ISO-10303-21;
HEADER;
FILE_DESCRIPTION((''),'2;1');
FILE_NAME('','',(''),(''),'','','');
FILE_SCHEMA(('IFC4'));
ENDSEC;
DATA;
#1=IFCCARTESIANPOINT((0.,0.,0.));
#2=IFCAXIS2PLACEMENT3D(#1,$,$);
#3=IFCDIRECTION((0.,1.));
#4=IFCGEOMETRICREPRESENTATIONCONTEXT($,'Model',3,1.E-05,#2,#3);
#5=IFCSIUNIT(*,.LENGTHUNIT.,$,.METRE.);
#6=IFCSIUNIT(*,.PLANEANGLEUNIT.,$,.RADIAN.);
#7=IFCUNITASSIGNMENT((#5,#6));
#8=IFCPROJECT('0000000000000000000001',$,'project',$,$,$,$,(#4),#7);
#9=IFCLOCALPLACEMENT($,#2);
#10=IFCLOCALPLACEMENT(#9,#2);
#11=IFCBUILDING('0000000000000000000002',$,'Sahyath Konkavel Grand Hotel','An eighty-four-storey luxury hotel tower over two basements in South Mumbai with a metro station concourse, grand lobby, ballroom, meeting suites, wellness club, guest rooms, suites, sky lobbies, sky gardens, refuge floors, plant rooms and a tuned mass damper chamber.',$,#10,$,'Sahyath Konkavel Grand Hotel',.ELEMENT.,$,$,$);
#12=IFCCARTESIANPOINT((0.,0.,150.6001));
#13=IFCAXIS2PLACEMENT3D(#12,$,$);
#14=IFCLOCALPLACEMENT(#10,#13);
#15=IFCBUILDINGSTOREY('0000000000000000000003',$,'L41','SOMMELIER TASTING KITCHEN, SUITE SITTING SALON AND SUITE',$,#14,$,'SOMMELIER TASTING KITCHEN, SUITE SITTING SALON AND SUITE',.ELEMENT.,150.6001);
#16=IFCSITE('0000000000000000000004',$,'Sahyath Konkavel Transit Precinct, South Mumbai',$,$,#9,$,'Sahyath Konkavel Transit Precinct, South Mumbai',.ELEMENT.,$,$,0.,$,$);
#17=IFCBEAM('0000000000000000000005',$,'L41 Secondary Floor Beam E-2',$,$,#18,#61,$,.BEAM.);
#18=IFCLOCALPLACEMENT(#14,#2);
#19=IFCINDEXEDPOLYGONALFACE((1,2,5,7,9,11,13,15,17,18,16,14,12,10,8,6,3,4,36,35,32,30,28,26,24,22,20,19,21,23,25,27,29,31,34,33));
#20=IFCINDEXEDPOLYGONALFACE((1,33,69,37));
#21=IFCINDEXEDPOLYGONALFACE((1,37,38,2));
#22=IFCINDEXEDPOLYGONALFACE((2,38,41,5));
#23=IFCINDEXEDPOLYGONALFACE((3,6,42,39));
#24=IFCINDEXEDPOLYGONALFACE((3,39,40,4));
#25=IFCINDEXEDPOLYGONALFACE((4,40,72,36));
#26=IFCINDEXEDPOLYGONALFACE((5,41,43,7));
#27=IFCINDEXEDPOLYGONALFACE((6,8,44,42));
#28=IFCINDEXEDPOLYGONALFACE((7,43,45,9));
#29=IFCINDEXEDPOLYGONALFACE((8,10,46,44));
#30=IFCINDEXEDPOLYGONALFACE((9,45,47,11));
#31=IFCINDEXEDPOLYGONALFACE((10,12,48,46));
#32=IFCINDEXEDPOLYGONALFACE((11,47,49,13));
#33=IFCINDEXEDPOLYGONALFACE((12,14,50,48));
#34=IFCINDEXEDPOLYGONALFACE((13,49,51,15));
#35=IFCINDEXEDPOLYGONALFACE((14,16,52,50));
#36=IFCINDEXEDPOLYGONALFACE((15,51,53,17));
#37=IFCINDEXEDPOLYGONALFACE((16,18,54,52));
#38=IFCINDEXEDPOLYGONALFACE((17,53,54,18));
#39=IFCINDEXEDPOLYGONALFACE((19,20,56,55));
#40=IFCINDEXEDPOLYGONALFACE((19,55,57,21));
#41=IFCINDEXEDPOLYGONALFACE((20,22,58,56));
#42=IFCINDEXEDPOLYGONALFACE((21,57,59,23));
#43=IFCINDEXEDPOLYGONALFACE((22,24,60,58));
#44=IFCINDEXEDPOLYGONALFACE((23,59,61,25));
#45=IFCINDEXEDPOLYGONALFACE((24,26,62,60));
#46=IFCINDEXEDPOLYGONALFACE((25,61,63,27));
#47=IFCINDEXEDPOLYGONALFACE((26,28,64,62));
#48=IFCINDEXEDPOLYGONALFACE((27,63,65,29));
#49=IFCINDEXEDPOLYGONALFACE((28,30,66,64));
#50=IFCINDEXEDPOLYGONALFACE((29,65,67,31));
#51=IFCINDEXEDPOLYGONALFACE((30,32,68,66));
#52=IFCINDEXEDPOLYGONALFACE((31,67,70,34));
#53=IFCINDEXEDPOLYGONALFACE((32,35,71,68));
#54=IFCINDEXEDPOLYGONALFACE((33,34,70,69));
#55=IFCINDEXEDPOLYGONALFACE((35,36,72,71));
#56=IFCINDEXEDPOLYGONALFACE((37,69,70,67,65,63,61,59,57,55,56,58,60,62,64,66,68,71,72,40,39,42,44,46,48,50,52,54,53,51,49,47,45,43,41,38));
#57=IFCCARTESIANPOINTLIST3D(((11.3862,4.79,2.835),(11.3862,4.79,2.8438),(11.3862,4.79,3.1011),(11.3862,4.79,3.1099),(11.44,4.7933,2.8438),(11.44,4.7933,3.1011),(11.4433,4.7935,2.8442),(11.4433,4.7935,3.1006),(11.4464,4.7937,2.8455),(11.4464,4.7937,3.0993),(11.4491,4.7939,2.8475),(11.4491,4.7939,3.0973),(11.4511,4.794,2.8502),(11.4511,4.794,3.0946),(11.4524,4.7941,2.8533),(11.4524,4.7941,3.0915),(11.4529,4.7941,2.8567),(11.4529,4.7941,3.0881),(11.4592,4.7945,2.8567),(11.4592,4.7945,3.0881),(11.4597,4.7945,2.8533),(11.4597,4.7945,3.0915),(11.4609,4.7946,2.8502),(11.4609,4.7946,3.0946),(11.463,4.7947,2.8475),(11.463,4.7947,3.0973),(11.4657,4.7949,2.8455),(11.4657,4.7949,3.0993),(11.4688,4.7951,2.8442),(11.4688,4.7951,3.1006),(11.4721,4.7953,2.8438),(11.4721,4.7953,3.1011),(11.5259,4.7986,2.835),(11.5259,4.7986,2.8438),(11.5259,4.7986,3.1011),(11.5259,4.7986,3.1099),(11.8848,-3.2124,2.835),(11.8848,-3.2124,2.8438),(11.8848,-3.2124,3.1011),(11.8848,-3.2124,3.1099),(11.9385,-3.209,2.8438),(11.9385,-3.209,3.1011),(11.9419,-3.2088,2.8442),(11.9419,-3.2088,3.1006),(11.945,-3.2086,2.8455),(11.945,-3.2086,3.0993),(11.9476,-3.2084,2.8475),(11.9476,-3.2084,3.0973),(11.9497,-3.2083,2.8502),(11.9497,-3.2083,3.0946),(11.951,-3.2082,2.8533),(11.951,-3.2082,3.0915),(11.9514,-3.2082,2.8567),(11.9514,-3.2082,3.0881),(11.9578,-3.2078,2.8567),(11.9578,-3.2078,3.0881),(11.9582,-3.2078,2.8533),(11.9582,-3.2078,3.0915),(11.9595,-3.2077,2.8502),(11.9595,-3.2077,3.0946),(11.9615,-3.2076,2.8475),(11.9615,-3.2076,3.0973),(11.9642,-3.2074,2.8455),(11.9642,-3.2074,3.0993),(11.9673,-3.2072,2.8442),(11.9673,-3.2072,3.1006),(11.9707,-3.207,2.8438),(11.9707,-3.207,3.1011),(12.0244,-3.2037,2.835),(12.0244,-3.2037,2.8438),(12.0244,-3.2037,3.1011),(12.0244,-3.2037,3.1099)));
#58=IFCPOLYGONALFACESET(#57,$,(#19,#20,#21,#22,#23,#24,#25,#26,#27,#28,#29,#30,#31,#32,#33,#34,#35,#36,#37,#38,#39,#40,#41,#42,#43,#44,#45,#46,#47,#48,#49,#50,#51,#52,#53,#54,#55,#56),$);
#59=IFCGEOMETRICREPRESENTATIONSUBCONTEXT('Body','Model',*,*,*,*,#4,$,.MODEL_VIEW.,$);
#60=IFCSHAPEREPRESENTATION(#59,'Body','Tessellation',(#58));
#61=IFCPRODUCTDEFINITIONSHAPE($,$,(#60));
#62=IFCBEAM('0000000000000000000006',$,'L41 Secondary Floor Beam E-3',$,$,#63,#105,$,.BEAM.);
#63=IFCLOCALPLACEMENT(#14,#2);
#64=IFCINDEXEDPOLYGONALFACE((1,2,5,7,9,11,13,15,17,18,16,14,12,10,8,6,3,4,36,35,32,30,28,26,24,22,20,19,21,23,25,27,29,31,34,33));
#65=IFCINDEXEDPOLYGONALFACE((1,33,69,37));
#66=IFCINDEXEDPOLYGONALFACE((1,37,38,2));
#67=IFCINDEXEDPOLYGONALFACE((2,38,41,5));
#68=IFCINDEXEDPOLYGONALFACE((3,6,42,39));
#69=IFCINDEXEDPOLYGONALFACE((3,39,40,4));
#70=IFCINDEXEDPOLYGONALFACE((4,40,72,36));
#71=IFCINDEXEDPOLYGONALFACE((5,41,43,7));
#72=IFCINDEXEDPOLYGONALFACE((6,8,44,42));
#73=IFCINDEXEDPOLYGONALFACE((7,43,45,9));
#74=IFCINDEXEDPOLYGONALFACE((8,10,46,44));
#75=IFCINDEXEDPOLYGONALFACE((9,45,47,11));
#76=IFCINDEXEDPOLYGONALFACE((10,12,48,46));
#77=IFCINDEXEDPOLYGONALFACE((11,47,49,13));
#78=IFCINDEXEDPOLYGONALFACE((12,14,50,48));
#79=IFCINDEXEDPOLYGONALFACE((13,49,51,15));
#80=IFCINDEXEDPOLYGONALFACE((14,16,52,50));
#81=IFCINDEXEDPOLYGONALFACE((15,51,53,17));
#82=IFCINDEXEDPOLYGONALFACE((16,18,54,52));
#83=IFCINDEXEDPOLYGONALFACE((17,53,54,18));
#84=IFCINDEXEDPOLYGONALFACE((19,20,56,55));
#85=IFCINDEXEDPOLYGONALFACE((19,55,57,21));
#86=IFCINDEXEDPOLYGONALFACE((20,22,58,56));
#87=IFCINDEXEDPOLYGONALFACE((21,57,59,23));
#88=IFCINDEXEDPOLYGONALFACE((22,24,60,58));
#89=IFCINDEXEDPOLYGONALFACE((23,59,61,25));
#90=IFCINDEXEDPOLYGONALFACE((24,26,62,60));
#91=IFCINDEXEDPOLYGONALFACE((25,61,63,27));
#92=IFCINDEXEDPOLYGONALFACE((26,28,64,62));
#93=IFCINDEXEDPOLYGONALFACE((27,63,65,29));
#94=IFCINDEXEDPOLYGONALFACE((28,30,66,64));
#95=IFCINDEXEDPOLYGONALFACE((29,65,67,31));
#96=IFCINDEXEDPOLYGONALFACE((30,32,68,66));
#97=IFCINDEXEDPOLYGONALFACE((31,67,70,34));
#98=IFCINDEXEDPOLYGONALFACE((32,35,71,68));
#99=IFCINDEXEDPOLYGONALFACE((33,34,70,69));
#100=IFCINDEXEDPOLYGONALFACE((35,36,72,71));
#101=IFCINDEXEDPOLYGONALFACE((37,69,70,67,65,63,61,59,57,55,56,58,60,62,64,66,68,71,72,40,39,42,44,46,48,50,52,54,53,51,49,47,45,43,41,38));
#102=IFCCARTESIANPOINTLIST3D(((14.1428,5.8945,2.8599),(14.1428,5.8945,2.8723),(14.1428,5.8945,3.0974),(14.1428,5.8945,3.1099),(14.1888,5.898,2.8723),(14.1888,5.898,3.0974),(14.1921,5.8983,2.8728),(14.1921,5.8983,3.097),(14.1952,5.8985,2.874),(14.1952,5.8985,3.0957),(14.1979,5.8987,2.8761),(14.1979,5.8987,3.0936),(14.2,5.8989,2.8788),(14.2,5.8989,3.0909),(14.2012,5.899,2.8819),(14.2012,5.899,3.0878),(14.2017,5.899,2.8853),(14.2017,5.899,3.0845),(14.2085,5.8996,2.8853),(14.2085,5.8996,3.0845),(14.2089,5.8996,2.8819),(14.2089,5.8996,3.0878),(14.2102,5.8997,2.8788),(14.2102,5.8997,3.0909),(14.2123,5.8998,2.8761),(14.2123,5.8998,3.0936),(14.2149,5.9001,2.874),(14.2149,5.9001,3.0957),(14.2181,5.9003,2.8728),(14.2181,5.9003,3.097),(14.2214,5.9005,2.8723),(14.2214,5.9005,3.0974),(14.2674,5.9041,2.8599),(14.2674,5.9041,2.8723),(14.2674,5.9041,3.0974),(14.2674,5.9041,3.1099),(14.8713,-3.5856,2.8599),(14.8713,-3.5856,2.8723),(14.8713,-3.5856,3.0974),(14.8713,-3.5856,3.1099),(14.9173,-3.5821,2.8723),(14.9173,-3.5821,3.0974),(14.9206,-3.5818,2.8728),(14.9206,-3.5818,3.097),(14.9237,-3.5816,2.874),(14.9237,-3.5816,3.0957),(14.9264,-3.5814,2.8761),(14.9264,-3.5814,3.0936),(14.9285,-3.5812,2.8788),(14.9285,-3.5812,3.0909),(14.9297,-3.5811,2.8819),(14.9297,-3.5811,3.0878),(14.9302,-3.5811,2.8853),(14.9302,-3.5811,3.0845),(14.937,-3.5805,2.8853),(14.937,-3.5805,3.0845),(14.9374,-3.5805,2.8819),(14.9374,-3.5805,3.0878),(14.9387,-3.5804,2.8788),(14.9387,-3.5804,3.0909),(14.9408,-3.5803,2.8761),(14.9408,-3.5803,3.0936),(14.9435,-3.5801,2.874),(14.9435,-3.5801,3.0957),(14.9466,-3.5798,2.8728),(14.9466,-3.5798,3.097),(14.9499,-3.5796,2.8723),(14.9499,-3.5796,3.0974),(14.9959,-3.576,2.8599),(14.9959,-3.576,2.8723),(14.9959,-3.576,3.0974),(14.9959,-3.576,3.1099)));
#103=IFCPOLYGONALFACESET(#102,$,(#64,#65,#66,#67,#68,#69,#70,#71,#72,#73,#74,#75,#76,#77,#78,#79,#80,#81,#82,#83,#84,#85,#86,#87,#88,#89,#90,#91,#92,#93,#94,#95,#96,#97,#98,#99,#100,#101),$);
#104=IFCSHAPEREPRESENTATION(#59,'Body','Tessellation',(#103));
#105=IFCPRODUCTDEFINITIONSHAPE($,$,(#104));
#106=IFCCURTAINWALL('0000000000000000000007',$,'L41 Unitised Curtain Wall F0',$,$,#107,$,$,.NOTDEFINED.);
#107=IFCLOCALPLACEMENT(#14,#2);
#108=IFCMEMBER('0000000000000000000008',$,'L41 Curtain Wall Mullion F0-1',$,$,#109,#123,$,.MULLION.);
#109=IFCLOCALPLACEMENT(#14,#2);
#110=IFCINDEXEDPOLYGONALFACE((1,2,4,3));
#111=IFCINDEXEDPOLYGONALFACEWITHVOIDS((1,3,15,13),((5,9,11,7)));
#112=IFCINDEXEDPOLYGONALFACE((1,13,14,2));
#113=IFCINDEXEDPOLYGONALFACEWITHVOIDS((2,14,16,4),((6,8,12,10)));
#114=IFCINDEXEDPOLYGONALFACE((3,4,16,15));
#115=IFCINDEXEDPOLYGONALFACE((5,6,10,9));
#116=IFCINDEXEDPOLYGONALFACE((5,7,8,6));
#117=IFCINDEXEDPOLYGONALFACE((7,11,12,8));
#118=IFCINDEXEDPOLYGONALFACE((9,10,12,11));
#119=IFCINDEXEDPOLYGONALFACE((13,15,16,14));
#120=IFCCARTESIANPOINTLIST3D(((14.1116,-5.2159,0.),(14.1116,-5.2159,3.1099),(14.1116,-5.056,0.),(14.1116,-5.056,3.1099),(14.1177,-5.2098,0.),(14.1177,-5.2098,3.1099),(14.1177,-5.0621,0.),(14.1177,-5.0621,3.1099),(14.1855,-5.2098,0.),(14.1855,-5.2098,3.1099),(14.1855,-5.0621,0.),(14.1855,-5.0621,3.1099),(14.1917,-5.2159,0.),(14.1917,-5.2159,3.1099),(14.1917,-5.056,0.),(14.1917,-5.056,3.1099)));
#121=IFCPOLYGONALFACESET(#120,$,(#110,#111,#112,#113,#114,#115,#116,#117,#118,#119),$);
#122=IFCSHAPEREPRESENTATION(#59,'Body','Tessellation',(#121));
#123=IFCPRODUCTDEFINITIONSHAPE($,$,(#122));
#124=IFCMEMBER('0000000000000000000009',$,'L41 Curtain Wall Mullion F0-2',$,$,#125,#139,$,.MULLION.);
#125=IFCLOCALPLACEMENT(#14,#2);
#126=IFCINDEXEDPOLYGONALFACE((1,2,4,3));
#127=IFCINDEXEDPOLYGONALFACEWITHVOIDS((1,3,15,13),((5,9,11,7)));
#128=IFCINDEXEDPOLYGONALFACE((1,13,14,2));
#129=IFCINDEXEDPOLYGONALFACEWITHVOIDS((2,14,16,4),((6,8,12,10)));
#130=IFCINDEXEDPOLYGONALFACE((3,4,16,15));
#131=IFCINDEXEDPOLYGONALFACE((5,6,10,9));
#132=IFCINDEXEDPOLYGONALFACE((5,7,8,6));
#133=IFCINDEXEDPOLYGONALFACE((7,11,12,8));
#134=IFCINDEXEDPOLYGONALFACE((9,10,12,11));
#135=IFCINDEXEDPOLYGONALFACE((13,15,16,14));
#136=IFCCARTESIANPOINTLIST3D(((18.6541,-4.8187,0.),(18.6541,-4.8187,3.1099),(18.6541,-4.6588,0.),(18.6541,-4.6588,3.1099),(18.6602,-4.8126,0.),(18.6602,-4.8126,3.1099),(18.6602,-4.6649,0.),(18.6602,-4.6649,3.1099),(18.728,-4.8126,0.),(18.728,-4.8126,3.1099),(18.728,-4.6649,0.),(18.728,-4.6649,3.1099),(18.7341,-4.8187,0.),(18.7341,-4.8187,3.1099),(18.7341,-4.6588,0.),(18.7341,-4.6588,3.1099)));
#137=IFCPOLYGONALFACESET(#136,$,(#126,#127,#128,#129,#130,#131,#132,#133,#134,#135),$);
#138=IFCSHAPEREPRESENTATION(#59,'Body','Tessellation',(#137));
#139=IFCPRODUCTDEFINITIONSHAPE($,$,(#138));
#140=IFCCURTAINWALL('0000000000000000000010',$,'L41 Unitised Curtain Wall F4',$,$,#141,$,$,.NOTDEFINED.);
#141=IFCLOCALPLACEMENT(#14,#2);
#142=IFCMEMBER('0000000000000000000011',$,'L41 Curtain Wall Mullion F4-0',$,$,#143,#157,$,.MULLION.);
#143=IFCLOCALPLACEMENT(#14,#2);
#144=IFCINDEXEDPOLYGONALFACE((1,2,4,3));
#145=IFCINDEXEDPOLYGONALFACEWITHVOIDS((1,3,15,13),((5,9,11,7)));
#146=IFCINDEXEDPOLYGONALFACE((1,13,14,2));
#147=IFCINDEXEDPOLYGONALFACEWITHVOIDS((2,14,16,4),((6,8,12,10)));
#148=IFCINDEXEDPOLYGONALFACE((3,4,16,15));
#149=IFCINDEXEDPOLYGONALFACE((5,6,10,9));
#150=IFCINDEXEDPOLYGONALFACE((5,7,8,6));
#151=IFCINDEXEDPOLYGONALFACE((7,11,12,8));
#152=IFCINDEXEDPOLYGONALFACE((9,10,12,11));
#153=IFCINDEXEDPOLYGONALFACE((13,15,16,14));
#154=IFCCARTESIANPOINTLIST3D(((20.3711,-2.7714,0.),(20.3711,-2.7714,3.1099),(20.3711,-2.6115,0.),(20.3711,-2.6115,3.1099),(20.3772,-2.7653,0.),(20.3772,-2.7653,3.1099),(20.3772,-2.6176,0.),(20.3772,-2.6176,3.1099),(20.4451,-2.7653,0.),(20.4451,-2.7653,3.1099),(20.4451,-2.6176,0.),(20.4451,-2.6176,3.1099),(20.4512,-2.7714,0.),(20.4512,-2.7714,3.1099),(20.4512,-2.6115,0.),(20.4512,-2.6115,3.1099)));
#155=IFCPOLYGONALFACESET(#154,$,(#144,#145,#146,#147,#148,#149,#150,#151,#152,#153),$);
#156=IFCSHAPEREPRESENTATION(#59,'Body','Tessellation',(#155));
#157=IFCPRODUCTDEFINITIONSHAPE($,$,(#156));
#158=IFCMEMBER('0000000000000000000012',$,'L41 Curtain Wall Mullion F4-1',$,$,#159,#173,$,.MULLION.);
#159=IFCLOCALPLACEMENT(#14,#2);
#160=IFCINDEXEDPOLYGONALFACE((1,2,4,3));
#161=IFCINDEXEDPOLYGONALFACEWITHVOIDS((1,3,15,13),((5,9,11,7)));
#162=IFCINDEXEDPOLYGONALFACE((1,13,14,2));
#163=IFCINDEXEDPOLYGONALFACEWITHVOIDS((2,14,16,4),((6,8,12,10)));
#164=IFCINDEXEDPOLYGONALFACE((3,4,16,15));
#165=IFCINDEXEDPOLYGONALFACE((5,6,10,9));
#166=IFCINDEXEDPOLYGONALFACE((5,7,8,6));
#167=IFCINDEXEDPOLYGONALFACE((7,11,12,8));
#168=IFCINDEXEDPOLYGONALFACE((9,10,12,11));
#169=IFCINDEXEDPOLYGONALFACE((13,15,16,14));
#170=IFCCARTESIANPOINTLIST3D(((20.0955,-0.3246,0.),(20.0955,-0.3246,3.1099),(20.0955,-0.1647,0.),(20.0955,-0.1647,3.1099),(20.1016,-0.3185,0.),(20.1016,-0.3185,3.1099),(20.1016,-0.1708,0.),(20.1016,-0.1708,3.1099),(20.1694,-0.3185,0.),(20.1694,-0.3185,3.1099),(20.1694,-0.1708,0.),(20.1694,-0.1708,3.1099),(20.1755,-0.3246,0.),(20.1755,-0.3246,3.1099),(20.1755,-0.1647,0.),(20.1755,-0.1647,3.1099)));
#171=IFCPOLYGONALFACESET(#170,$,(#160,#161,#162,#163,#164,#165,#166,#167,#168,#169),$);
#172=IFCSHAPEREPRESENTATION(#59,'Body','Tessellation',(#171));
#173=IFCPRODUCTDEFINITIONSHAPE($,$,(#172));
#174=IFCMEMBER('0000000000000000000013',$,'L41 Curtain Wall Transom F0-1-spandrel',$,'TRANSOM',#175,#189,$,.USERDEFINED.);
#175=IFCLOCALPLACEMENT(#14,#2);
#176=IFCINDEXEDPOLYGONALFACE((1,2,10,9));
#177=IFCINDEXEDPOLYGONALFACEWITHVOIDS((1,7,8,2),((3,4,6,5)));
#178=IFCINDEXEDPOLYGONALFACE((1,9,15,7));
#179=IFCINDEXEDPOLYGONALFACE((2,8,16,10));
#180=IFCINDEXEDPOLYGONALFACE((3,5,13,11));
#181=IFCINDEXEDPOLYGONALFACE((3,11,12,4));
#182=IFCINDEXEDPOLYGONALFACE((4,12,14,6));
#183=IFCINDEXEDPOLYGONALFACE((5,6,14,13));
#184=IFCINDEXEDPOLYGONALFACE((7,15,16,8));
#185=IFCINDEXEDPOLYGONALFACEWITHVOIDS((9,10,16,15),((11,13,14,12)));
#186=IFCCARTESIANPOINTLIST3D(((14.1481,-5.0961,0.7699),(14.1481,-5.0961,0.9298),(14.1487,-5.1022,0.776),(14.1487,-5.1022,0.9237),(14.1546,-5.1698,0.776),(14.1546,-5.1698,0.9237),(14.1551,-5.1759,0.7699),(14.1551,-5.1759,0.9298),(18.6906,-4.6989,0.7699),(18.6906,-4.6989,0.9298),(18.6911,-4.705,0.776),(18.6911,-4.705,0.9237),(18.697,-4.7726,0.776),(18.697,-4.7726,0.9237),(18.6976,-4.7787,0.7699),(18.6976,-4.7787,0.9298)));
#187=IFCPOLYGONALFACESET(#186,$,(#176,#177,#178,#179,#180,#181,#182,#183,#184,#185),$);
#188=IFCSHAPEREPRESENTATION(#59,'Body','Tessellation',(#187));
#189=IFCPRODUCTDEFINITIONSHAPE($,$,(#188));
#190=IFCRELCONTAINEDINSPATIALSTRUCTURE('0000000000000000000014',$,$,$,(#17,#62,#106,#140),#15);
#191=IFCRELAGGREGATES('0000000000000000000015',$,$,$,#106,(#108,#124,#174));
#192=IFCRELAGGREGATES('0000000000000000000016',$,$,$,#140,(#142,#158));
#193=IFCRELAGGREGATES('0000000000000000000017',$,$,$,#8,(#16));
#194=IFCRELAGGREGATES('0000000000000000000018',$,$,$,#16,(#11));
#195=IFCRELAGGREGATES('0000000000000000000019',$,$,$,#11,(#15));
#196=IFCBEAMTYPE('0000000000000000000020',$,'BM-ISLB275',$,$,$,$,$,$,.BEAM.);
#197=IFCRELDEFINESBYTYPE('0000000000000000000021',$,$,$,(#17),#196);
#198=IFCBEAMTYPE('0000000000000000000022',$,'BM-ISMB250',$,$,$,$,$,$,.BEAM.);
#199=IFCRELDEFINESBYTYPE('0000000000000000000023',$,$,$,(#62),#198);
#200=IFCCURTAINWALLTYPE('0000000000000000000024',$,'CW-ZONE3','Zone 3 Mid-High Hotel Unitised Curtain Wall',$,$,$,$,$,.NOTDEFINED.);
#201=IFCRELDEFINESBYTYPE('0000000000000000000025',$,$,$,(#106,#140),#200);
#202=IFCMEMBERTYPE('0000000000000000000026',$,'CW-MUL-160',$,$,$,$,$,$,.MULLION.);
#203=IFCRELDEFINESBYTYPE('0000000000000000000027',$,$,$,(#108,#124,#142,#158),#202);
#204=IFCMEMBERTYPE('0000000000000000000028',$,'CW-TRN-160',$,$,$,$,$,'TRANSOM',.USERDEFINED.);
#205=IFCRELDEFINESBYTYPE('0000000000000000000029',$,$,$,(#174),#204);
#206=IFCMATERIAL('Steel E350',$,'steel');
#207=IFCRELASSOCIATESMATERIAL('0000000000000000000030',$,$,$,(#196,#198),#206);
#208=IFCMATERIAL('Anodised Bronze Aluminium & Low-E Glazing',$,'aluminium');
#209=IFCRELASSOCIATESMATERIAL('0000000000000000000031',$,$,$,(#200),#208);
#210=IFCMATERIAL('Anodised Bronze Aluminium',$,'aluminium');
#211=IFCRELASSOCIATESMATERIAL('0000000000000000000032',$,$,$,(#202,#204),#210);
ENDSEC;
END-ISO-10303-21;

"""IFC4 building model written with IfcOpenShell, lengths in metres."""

from ifc_helpers import new_model, si_unit, direction, frame, origin, origin_2d, place, context, subcontext, project, spatial, hollow_rectangle, i_section, extrude, source, transform, mapped, material, material_profile, profile_set, type_object, element, aggregate, save


model = new_model("IFC4")

# Units and contexts
model_context = context("Model", 3, precision=1e-05, world=origin(), true_north=direction((0.0, 1.0)))
body_context = subcontext(model_context, "Body", "Model", "MODEL_VIEW")
ifc_project = project(units=[si_unit("LENGTHUNIT", "METRE"), si_unit("PLANEANGLEUNIT", "RADIAN")], contexts=[model_context])

# Site, building, storey
site_placement = place(None, origin())
site = spatial("IfcSite", under=ifc_project, at=site_placement, Name="Sahyath Konkavel Transit Precinct, South Mumbai", LongName="Sahyath Konkavel Transit Precinct, South Mumbai", CompositionType="ELEMENT", RefElevation=0.0)
building_placement = place(site_placement, origin())
building = spatial("IfcBuilding", under=site, at=building_placement, Name="Sahyath Konkavel Grand Hotel", Description="An eighty-four-storey luxury hotel tower over two basements in South Mumbai with a metro station concourse, grand lobby, ballroom, meeting suites, wellness club, guest rooms, suites, sky lobbies, sky gardens, refuge floors, plant rooms and a tuned mass damper chamber.", LongName="Sahyath Konkavel Grand Hotel", CompositionType="ELEMENT")
storey_placement = place(building_placement, frame((0.0, 0.0, 150.6001)))
storey = spatial("IfcBuildingStorey", under=building, at=storey_placement, Name="L41", Description="SOMMELIER TASTING KITCHEN, SUITE SITTING SALON AND SUITE", LongName="SOMMELIER TASTING KITCHEN, SUITE SITTING SALON AND SUITE", CompositionType="ELEMENT", Elevation=150.6001)

# Beams
ifc_material_1 = material(Name="Steel E350", Category="steel")
ifc_material_profile_1 = material_profile(ifc_material_1, i_section(OverallWidth=0.1399, OverallDepth=0.2749, WebThickness=0.0063, FlangeThickness=0.0088, FilletRadius=0.0129, at=origin_2d()), Name="ISLB 275")
ifc_profile_set_1 = profile_set([ifc_material_profile_1], Name="Steel E350")
beam_type_1 = type_object("IfcBeamType", Name="BM-ISLB275", PredefinedType="BEAM", material=ifc_profile_set_1)
shared_shape_1 = source(origin(), body_context, "Body", "SweptSolid", [
    extrude(i_section(OverallWidth=0.1399, OverallDepth=0.2749, WebThickness=0.0063, FlangeThickness=0.0088, FilletRadius=0.0129, at=origin_2d()), origin(), (0.0, 0.0, 1.0), 8.0178),
])
beam_1_placement = place(storey_placement, frame((11.9546, -3.208, 2.9724), z_axis=(-0.062179, 0.998065, 0.0), x_axis=(-0.998065, -0.062179, 0.0)))
element("IfcBeam", 1, at=beam_1_placement, inside=storey, type_object=beam_type_1, Name="L41 Secondary Floor Beam E-2", PredefinedType="BEAM", context=body_context, shape_type="MappedRepresentation", body=[
    mapped(shared_shape_1, transform((0.0, 0.0, 0.0), scale=1.0)),
])
ifc_material_profile_2 = material_profile(ifc_material_1, i_section(OverallWidth=0.125, OverallDepth=0.25, WebThickness=0.0068, FlangeThickness=0.0125, FilletRadius=0.0129, at=origin_2d()), Name="ISMB 250")
ifc_profile_set_2 = profile_set([ifc_material_profile_2], Name="Steel E350")
beam_type_2 = type_object("IfcBeamType", Name="BM-ISMB250", PredefinedType="BEAM", material=ifc_profile_set_2)
shared_shape_2 = source(origin(), body_context, "Body", "SweptSolid", [
    extrude(i_section(OverallWidth=0.125, OverallDepth=0.25, WebThickness=0.0068, FlangeThickness=0.0125, FilletRadius=0.0129, at=origin_2d()), origin(), (0.0, 0.0, 1.0), 9.5081),
])
beam_2_placement = place(storey_placement, frame((14.9336, -3.5808, 2.9849), z_axis=(-0.07662, 0.99706, 0.0), x_axis=(-0.99706, -0.07662, 0.0)))
element("IfcBeam", 2, at=beam_2_placement, inside=storey, type_object=beam_type_2, Name="L41 Secondary Floor Beam E-3", PredefinedType="BEAM", context=body_context, shape_type="MappedRepresentation", body=[
    mapped(shared_shape_2, transform((0.0, 0.0, 0.0), scale=1.0)),
])

# Curtain walls, members
ifc_material_2 = material(Name="Anodised Bronze Aluminium & Low-E Glazing", Category="aluminium")
curtain_wall_type = type_object("IfcCurtainWallType", Name="CW-ZONE3", Description="Zone 3 Mid-High Hotel Unitised Curtain Wall", PredefinedType="NOTDEFINED", material=ifc_material_2)
curtain_wall_1_placement = place(storey_placement, origin())
curtain_wall_1 = element("IfcCurtainWall", 3, at=curtain_wall_1_placement, inside=storey, type_object=curtain_wall_type, Name="L41 Unitised Curtain Wall F0", PredefinedType="NOTDEFINED")
ifc_material_3 = material(Name="Anodised Bronze Aluminium", Category="aluminium")
ifc_material_profile_3 = material_profile(ifc_material_3, hollow_rectangle(XDim=0.0801, YDim=0.1599, WallThickness=0.0061, at=origin_2d()), Name="RHS 160x80x6")
ifc_profile_set_3 = profile_set([ifc_material_profile_3], Name="Anodised Bronze Aluminium")
member_type_1 = type_object("IfcMemberType", Name="CW-MUL-160", PredefinedType="MULLION", material=ifc_profile_set_3)
shared_shape_3 = source(origin(), body_context, "Body", "SweptSolid", [
    extrude(hollow_rectangle(XDim=0.0801, YDim=0.1599, WallThickness=0.0061, at=origin_2d()), origin(), (0.0, 0.0, 1.0), 3.1099),
])
member_1_placement = place(storey_placement, frame((14.1516, -5.136, 0.0), z_axis=(0.0, 0.0, 1.0), x_axis=(1.0, 0.0, 0.0)))
member_1 = element("IfcMember", 4, at=member_1_placement, type_object=member_type_1, Name="L41 Curtain Wall Mullion F0-1", PredefinedType="MULLION", context=body_context, shape_type="MappedRepresentation", body=[
    mapped(shared_shape_3, transform((0.0, 0.0, 0.0), scale=1.0)),
])
member_2_placement = place(storey_placement, frame((18.6941, -4.7388, 0.0), z_axis=(0.0, 0.0, 1.0), x_axis=(1.0, 0.0, 0.0)))
member_2 = element("IfcMember", 5, at=member_2_placement, type_object=member_type_1, Name="L41 Curtain Wall Mullion F0-2", PredefinedType="MULLION", context=body_context, shape_type="MappedRepresentation", body=[
    mapped(shared_shape_3, transform((0.0, 0.0, 0.0), scale=1.0)),
])
curtain_wall_2_placement = place(storey_placement, origin())
curtain_wall_2 = element("IfcCurtainWall", 6, at=curtain_wall_2_placement, inside=storey, type_object=curtain_wall_type, Name="L41 Unitised Curtain Wall F4", PredefinedType="NOTDEFINED")
member_3_placement = place(storey_placement, frame((20.4111, -2.6914, 0.0), z_axis=(0.0, 0.0, 1.0), x_axis=(1.0, 0.0, 0.0)))
member_3 = element("IfcMember", 7, at=member_3_placement, type_object=member_type_1, Name="L41 Curtain Wall Mullion F4-0", PredefinedType="MULLION", context=body_context, shape_type="MappedRepresentation", body=[
    mapped(shared_shape_3, transform((0.0, 0.0, 0.0), scale=1.0)),
])
member_4_placement = place(storey_placement, frame((20.1355, -0.2446, 0.0), z_axis=(0.0, 0.0, 1.0), x_axis=(1.0, 0.0, 0.0)))
member_4 = element("IfcMember", 8, at=member_4_placement, type_object=member_type_1, Name="L41 Curtain Wall Mullion F4-1", PredefinedType="MULLION", context=body_context, shape_type="MappedRepresentation", body=[
    mapped(shared_shape_3, transform((0.0, 0.0, 0.0), scale=1.0)),
])

# Member
ifc_material_profile_4 = material_profile(ifc_material_3, hollow_rectangle(XDim=0.0801, YDim=0.1599, WallThickness=0.0061, at=origin_2d()), Name="RHS 160x80x6")
ifc_profile_set_4 = profile_set([ifc_material_profile_4], Name="Anodised Bronze Aluminium")
member_type_2 = type_object("IfcMemberType", Name="CW-TRN-160", ElementType="TRANSOM", PredefinedType="USERDEFINED", material=ifc_profile_set_4)
shared_shape_4 = source(origin(), body_context, "Body", "SweptSolid", [
    extrude(hollow_rectangle(XDim=0.0801, YDim=0.1599, WallThickness=0.0061, at=origin_2d()), origin(), (0.0, 0.0, 1.0), 4.5598),
])
member_5_placement = place(storey_placement, frame((14.1516, -5.136, 0.8499), z_axis=(0.996198, 0.087112, 0.0), x_axis=(-0.087112, 0.996198, 0.0)))
member_5 = element("IfcMember", 9, at=member_5_placement, type_object=member_type_2, Name="L41 Curtain Wall Transom F0-1-spandrel", ObjectType="TRANSOM", PredefinedType="USERDEFINED", context=body_context, shape_type="MappedRepresentation", body=[
    mapped(shared_shape_4, transform((0.0, 0.0, 0.0), scale=1.0)),
])

aggregate(curtain_wall_1, [member_1, member_2, member_5])
aggregate(curtain_wall_2, [member_3, member_4])

save(model, "model.ifc")
